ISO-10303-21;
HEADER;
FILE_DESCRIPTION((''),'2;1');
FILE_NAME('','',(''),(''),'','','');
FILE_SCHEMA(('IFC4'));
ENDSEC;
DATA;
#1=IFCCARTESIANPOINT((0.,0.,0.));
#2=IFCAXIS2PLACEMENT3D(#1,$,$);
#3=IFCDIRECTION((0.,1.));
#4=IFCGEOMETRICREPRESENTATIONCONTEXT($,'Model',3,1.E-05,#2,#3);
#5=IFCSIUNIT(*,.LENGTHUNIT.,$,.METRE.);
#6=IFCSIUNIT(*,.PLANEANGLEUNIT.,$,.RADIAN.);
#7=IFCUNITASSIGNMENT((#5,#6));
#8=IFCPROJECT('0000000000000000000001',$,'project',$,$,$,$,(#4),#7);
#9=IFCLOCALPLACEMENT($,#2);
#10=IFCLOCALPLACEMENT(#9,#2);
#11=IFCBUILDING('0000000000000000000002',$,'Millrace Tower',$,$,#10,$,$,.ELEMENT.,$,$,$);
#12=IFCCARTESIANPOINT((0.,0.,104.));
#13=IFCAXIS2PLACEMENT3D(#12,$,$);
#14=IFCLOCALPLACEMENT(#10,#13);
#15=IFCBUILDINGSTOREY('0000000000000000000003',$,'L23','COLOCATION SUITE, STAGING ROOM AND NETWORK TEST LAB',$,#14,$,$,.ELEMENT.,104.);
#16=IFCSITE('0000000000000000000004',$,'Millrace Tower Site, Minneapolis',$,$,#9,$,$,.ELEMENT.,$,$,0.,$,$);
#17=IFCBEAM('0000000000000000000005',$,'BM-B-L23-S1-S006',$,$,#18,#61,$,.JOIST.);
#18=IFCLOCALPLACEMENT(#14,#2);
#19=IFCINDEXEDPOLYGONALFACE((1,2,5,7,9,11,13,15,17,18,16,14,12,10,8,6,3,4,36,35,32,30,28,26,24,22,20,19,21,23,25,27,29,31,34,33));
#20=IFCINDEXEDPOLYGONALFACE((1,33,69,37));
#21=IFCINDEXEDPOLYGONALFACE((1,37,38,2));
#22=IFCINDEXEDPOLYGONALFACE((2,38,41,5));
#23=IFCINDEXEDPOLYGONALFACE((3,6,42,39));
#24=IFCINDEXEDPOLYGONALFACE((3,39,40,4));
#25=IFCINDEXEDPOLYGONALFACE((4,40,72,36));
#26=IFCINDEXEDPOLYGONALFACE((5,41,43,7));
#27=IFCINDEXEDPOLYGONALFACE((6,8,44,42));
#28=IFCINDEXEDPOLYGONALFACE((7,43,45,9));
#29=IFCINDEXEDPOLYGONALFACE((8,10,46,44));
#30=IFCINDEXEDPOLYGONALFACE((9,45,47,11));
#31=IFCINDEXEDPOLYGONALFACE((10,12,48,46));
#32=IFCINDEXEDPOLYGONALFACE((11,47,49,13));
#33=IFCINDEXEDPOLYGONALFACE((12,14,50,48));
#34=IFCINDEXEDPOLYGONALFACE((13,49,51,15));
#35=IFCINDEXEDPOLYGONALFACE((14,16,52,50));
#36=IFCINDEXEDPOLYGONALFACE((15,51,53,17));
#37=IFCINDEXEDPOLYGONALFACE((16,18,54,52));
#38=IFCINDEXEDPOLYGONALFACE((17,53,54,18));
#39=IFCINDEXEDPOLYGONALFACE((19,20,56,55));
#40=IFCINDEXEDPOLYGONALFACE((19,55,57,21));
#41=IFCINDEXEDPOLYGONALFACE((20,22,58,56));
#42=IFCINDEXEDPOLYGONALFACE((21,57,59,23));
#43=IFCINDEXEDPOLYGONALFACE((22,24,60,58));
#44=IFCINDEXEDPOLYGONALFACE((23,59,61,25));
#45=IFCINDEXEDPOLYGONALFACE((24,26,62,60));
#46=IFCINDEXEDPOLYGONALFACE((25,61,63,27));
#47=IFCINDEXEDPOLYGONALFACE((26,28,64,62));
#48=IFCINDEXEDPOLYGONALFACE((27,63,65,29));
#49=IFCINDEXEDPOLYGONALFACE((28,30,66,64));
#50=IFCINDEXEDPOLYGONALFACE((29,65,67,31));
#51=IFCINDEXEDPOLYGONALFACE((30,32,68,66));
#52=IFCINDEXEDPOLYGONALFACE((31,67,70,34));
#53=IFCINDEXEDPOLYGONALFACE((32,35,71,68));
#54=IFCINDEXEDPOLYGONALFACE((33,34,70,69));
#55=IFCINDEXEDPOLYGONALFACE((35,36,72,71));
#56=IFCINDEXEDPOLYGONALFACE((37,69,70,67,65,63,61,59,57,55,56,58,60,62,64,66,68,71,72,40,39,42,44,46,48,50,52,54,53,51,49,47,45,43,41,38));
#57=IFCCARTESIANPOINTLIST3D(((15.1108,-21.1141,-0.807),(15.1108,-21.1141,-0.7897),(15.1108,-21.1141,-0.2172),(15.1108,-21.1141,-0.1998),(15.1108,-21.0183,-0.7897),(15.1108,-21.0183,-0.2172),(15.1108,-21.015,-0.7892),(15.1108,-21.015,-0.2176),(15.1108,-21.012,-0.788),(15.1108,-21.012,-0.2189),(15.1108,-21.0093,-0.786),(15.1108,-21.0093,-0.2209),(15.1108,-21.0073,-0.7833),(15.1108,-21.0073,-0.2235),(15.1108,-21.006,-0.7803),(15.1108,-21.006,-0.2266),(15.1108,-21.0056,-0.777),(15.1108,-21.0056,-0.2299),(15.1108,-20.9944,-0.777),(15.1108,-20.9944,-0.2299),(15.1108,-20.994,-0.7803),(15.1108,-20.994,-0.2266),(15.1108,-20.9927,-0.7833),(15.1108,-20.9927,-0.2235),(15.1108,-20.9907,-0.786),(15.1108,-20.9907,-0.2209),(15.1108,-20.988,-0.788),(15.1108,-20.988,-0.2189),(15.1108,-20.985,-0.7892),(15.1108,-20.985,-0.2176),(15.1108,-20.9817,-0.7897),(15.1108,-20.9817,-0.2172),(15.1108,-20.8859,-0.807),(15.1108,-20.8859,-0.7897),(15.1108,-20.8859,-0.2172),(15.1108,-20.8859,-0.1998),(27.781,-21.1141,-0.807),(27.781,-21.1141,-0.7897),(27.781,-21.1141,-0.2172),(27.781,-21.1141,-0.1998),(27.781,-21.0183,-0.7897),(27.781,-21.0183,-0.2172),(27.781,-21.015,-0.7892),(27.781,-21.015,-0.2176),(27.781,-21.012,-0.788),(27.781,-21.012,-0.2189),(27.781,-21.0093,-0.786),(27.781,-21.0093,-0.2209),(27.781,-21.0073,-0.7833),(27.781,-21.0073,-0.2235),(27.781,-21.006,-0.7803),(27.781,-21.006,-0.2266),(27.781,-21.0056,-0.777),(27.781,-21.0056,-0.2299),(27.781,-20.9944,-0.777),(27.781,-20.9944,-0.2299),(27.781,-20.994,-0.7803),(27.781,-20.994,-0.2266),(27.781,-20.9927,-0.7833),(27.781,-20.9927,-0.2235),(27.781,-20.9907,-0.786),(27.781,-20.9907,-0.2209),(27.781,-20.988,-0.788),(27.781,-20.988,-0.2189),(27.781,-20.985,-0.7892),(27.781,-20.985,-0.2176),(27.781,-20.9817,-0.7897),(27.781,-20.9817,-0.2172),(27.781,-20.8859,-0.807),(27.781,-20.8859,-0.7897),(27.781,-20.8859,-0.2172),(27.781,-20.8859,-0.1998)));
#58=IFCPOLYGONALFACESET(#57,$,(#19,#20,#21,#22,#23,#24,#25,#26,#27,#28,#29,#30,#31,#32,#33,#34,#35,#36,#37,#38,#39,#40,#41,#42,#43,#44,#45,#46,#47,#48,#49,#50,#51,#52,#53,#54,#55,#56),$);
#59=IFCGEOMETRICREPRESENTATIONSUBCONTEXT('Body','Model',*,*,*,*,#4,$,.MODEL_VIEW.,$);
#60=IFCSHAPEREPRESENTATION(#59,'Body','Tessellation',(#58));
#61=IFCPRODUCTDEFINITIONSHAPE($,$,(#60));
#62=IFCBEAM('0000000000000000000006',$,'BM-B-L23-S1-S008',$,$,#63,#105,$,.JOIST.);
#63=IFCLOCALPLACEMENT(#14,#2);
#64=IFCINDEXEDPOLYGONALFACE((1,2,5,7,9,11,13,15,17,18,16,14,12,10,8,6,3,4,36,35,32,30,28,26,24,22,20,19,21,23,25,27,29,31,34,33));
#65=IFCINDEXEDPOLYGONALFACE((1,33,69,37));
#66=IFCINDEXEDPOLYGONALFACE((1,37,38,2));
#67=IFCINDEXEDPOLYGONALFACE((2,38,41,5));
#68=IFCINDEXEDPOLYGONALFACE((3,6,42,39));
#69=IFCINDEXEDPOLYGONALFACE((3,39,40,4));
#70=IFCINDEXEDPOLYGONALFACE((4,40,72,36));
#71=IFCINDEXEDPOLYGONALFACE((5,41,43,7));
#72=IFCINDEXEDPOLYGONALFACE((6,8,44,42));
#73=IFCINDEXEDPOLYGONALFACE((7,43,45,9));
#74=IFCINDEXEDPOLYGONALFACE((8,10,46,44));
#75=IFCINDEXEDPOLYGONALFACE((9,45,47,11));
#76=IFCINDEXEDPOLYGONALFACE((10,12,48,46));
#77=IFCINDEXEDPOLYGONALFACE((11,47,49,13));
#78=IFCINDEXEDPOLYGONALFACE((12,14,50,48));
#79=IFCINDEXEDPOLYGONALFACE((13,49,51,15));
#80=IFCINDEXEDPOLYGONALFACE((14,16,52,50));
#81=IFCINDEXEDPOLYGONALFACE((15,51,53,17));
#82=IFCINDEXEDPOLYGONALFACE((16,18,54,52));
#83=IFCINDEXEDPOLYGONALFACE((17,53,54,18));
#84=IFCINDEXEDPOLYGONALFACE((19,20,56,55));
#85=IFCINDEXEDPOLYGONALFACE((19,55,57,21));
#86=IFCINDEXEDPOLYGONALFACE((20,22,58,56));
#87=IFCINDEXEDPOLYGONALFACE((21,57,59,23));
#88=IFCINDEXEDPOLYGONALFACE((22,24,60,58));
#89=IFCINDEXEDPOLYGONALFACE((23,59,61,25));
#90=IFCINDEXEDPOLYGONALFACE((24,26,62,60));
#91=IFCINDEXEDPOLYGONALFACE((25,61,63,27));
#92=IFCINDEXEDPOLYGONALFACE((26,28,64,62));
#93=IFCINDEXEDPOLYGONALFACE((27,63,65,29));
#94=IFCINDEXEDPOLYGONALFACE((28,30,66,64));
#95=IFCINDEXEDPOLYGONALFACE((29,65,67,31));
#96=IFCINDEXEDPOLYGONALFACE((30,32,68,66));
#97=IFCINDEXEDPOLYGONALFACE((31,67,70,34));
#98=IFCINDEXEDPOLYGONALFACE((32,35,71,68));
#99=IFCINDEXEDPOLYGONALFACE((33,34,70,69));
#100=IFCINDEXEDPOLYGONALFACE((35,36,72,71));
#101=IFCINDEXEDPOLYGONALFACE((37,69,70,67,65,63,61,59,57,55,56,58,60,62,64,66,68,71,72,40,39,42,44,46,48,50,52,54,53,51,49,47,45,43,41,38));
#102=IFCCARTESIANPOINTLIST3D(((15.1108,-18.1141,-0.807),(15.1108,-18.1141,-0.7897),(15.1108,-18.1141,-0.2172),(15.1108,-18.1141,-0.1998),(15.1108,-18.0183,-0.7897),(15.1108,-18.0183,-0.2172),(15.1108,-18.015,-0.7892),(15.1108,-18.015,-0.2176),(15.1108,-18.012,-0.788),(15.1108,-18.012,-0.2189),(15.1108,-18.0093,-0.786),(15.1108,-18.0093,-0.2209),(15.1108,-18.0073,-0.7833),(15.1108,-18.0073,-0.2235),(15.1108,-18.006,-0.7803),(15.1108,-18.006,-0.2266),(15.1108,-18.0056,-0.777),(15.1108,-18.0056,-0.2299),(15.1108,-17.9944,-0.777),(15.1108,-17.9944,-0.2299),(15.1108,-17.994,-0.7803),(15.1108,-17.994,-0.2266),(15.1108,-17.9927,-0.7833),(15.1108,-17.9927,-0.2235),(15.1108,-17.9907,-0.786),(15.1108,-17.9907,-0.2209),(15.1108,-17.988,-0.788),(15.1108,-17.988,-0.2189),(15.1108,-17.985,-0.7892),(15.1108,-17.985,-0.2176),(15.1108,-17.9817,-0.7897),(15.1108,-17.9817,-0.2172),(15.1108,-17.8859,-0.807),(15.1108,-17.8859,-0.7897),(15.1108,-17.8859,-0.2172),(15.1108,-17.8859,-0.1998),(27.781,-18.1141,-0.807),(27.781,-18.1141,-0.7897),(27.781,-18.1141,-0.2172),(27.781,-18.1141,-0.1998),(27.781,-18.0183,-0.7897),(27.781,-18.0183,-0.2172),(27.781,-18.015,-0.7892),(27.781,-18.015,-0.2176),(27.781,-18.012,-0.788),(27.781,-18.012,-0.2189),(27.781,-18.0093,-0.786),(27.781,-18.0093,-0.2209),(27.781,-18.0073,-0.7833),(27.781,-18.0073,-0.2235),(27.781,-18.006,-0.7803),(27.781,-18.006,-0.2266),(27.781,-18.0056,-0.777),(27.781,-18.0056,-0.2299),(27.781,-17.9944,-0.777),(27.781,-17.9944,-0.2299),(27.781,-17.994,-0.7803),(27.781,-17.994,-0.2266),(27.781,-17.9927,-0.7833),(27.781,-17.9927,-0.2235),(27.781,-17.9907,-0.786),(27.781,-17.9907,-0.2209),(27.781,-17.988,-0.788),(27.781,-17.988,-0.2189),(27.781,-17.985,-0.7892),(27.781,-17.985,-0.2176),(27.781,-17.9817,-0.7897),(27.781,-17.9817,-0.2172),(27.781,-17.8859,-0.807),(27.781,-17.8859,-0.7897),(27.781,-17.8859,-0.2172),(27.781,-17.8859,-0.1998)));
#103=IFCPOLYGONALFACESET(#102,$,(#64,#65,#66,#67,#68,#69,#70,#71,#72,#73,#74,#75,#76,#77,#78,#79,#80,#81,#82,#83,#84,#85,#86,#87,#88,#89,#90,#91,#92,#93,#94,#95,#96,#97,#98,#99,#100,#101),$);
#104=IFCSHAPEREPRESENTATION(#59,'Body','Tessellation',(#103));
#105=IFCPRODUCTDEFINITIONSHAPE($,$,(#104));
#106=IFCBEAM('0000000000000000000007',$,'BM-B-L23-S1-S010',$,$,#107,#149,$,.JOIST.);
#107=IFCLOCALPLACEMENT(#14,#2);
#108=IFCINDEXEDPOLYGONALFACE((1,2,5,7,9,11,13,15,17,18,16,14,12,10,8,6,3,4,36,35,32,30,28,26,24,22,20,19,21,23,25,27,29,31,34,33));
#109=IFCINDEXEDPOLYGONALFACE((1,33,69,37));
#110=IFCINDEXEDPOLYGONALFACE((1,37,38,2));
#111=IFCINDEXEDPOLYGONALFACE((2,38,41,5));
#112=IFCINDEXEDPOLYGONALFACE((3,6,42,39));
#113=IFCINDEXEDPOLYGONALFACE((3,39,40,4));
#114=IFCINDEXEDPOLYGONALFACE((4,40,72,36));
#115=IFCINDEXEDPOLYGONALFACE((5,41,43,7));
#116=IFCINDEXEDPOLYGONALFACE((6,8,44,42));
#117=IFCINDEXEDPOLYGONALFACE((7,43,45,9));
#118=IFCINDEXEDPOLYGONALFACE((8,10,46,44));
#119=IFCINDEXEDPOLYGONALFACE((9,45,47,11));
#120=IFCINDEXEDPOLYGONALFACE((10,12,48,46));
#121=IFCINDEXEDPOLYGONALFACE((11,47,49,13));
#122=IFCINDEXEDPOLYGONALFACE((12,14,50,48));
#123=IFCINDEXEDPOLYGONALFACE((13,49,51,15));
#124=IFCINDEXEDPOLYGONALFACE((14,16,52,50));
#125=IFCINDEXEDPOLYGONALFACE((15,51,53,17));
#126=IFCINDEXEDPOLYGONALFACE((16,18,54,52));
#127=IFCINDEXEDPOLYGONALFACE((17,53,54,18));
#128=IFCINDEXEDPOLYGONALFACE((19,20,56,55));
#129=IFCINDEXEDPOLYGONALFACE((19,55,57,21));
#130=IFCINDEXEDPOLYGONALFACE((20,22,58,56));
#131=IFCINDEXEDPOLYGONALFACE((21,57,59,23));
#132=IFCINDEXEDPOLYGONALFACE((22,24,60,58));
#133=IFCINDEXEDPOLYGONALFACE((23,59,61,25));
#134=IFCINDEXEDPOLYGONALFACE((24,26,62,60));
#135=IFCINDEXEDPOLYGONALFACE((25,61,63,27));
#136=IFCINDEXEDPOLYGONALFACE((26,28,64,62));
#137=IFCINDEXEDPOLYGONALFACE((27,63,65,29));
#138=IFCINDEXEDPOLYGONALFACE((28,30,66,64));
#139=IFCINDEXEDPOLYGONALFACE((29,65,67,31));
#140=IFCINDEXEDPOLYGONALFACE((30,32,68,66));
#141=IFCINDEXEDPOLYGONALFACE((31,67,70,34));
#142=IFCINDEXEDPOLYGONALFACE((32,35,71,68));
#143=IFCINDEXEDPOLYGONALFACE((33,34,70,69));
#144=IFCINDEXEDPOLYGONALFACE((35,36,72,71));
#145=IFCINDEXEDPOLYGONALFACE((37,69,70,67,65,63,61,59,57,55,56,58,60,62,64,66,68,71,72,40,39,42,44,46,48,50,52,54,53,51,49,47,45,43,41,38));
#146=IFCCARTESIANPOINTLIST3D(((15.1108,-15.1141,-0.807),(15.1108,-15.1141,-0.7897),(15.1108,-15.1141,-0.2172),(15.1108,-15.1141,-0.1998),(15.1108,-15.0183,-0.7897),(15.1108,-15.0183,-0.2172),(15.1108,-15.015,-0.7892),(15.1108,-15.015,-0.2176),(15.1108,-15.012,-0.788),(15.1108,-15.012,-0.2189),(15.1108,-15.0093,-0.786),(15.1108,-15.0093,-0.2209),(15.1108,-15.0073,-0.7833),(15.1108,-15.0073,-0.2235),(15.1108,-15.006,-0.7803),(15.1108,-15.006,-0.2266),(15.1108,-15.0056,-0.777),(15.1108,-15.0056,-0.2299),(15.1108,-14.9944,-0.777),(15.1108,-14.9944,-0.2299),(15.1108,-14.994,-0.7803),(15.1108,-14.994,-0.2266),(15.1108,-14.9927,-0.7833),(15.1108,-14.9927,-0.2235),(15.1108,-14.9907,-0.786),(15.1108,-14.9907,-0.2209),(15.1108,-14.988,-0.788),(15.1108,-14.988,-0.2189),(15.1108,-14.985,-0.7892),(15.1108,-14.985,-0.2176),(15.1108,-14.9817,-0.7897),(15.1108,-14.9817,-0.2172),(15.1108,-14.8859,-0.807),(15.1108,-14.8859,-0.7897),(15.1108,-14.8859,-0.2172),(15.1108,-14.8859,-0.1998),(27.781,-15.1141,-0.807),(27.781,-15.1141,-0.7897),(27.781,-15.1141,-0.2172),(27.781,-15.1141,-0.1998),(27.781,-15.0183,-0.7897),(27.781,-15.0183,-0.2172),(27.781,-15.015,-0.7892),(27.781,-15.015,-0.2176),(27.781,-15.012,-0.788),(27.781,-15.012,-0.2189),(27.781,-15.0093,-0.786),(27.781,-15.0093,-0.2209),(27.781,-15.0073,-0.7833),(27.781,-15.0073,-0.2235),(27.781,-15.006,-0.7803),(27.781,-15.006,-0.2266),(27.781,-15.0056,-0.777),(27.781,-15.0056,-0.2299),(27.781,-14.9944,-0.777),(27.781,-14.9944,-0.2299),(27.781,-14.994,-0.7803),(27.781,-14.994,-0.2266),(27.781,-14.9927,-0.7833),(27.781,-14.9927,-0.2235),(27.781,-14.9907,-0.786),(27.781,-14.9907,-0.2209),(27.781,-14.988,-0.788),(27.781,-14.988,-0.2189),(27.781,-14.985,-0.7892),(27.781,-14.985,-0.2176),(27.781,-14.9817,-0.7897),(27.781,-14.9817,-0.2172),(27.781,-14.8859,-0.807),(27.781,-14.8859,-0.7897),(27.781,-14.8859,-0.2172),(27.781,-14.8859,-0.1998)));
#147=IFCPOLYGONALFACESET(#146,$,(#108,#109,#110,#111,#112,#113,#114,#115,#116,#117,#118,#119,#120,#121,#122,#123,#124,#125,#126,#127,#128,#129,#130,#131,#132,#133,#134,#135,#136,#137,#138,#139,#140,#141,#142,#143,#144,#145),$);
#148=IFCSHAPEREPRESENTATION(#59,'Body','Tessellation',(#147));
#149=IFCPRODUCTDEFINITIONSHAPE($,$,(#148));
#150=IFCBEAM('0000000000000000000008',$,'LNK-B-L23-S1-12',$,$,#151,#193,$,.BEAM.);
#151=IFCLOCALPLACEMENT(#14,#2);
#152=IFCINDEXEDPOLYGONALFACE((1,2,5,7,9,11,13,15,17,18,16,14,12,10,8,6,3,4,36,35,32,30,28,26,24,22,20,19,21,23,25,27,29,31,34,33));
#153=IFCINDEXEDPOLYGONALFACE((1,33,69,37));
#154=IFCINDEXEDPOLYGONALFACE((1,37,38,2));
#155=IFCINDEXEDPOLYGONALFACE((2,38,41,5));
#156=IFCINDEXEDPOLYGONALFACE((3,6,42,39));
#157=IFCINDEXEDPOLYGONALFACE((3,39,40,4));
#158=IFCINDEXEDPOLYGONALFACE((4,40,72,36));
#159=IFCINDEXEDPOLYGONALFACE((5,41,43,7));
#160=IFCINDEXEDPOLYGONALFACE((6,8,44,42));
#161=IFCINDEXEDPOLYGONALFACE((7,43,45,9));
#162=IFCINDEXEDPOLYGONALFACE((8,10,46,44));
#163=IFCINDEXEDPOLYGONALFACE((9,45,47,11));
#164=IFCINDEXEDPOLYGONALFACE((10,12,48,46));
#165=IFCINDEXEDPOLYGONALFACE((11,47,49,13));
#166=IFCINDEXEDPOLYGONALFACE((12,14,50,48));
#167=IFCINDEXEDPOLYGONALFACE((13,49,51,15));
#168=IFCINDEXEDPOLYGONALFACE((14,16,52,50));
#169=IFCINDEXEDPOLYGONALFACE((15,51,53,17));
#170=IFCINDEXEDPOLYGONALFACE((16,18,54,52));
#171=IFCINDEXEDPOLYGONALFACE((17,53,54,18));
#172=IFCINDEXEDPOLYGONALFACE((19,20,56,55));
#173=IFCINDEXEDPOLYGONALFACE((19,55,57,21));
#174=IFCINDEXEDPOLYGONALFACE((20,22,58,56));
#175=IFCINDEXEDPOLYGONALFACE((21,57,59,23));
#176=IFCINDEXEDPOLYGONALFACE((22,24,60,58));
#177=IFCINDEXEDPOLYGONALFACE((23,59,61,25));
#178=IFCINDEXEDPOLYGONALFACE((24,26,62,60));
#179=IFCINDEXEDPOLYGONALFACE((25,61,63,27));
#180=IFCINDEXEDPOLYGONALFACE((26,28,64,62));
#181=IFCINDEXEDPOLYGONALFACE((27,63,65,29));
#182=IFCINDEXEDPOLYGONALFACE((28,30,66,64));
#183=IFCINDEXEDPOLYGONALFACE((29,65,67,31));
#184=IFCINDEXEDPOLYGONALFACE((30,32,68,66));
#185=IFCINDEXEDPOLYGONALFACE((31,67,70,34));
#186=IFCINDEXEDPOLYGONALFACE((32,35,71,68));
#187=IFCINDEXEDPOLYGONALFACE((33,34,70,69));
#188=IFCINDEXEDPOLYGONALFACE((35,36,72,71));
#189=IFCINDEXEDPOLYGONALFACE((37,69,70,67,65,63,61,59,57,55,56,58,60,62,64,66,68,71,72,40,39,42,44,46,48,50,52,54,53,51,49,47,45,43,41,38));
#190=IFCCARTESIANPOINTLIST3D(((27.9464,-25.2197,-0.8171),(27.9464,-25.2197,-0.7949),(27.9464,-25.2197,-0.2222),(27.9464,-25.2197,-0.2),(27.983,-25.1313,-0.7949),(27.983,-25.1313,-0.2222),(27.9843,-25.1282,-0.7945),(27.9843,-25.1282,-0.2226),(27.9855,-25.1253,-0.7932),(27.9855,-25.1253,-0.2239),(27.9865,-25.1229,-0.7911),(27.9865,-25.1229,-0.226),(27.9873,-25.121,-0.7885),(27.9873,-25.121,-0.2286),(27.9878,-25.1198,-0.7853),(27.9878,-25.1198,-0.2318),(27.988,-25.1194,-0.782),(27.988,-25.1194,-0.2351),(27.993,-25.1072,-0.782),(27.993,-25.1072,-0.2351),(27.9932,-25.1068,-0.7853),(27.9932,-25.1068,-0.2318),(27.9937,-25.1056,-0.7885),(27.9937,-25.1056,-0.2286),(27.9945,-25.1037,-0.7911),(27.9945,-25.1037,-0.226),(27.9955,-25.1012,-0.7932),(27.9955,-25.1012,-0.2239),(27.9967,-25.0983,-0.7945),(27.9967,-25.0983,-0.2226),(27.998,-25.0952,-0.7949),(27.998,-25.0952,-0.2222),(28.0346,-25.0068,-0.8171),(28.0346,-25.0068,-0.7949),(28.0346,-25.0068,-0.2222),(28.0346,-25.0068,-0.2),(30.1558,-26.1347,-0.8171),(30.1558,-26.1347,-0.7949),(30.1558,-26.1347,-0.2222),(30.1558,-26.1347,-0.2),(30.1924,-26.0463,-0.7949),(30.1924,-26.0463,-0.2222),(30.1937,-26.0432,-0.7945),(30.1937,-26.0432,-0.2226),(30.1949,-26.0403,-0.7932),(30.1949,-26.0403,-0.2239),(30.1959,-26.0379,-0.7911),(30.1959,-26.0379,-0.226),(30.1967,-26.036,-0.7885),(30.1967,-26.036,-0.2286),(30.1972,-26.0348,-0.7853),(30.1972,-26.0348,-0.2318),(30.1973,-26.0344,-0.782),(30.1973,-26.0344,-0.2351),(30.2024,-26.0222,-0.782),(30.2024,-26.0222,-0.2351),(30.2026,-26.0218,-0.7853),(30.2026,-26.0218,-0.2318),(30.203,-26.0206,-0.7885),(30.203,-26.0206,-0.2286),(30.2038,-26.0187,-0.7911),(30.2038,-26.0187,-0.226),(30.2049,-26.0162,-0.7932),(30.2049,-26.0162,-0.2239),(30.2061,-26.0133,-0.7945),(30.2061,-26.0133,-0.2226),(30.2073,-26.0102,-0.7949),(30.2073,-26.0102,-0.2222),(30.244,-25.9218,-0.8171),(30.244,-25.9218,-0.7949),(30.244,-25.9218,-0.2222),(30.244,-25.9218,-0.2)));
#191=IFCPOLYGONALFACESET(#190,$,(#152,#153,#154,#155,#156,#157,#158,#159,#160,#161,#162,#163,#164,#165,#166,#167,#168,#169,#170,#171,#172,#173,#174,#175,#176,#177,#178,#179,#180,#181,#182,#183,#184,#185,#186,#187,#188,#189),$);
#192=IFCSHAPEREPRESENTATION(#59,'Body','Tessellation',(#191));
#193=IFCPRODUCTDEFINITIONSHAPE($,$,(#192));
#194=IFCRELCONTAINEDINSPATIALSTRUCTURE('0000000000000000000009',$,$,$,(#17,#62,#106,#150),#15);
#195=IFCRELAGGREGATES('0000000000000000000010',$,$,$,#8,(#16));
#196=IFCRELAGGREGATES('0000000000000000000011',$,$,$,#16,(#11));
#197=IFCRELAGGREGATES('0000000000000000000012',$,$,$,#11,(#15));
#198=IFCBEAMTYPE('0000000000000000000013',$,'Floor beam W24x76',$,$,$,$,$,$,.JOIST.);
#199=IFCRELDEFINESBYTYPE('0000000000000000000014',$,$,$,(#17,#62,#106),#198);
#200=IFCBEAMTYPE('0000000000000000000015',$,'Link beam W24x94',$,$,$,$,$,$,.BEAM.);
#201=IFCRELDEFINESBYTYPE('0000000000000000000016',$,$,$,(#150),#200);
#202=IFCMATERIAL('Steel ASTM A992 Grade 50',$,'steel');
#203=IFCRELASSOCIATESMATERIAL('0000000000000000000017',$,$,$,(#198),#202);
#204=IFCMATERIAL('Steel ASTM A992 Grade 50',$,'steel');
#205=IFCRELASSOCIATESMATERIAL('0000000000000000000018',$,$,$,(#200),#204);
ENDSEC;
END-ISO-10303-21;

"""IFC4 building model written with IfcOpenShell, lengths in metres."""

from ifc_helpers import new_model, si_unit, direction, frame, origin, origin_2d, place, context, subcontext, project, spatial, i_section, extrude, material, material_profile, profile_set, type_object, element, save


model = new_model("IFC4")

# Units and contexts
model_context = context("Model", 3, precision=1e-05, world=origin(), true_north=direction((0.0, 1.0)))
body_context = subcontext(model_context, "Body", "Model", "MODEL_VIEW")
ifc_project = project(units=[si_unit("LENGTHUNIT", "METRE"), si_unit("PLANEANGLEUNIT", "RADIAN")], contexts=[model_context])

# Site, building, storey
site_placement = place(None, origin())
site = spatial("IfcSite", under=ifc_project, at=site_placement, Name="Millrace Tower Site, Minneapolis", CompositionType="ELEMENT", RefElevation=0.0)
building_placement = place(site_placement, origin())
building = spatial("IfcBuilding", under=site, at=building_placement, Name="Millrace Tower", CompositionType="ELEMENT")
storey_placement = place(building_placement, frame((0.0, 0.0, 104.0)))
storey = spatial("IfcBuildingStorey", under=building, at=storey_placement, Name="L23", Description="COLOCATION SUITE, STAGING ROOM AND NETWORK TEST LAB", CompositionType="ELEMENT", Elevation=104.0)

# Beams
ifc_material_1 = material(Name="Steel ASTM A992 Grade 50", Category="steel")
ifc_material_profile_1 = material_profile(ifc_material_1, i_section(OverallWidth=0.2283, OverallDepth=0.6072, WebThickness=0.0112, FlangeThickness=0.0173, FilletRadius=0.0127, at=origin_2d()))
ifc_profile_set_1 = profile_set([ifc_material_profile_1], Name="Steel ASTM A992 Grade 50")
beam_type_1 = type_object("IfcBeamType", Name="Floor beam W24x76", PredefinedType="JOIST", material=ifc_profile_set_1)
for number, where, z_axis, x_axis, name in (
    (1, (15.1108, -21.0, -0.5034), (1.0, 0.0, 0.0), (0.0, 1.0, 0.0), "BM-B-L23-S1-S006"),
    (2, (15.1108, -18.0, -0.5034), (1.0, 0.0, 0.0), (0.0, 1.0, 0.0), "BM-B-L23-S1-S008"),
    (3, (15.1108, -15.0, -0.5034), (1.0, 0.0, 0.0), (0.0, 1.0, 0.0), "BM-B-L23-S1-S010"),
):
    element("IfcBeam", number, at=place(storey_placement, frame(where, z_axis=z_axis, x_axis=x_axis)), inside=storey, type_object=beam_type_1, Name=name, PredefinedType="JOIST", context=body_context, shape_type="SweptSolid", body=[
        extrude(i_section(OverallWidth=0.2283, OverallDepth=0.6072, WebThickness=0.0112, FlangeThickness=0.0173, FilletRadius=0.0127, at=origin_2d()), origin(), (0.0, 0.0, 1.0), 12.6702),
    ])
ifc_material_2 = material(Name="Steel ASTM A992 Grade 50", Category="steel")
ifc_material_profile_2 = material_profile(ifc_material_2, i_section(OverallWidth=0.2305, OverallDepth=0.6172, WebThickness=0.0132, FlangeThickness=0.0222, FilletRadius=0.0129, at=origin_2d()))
ifc_profile_set_2 = profile_set([ifc_material_profile_2], Name="Steel ASTM A992 Grade 50")
beam_type_2 = type_object("IfcBeamType", Name="Link beam W24x94", PredefinedType="BEAM", material=ifc_profile_set_2)
for number, where, z_axis, x_axis, name in (
    (4, (27.9905, -25.1133, -0.5085), (0.923902, -0.382628, 0.0), (0.382628, 0.923902, 0.0), "LNK-B-L23-S1-12"),
):
    element("IfcBeam", number, at=place(storey_placement, frame(where, z_axis=z_axis, x_axis=x_axis)), inside=storey, type_object=beam_type_2, Name=name, PredefinedType="BEAM", context=body_context, shape_type="SweptSolid", body=[
        extrude(i_section(OverallWidth=0.2305, OverallDepth=0.6172, WebThickness=0.0132, FlangeThickness=0.0222, FilletRadius=0.0129, at=origin_2d()), origin(), (0.0, 0.0, 1.0), 2.3914),
    ])

save(model, "model.ifc")
